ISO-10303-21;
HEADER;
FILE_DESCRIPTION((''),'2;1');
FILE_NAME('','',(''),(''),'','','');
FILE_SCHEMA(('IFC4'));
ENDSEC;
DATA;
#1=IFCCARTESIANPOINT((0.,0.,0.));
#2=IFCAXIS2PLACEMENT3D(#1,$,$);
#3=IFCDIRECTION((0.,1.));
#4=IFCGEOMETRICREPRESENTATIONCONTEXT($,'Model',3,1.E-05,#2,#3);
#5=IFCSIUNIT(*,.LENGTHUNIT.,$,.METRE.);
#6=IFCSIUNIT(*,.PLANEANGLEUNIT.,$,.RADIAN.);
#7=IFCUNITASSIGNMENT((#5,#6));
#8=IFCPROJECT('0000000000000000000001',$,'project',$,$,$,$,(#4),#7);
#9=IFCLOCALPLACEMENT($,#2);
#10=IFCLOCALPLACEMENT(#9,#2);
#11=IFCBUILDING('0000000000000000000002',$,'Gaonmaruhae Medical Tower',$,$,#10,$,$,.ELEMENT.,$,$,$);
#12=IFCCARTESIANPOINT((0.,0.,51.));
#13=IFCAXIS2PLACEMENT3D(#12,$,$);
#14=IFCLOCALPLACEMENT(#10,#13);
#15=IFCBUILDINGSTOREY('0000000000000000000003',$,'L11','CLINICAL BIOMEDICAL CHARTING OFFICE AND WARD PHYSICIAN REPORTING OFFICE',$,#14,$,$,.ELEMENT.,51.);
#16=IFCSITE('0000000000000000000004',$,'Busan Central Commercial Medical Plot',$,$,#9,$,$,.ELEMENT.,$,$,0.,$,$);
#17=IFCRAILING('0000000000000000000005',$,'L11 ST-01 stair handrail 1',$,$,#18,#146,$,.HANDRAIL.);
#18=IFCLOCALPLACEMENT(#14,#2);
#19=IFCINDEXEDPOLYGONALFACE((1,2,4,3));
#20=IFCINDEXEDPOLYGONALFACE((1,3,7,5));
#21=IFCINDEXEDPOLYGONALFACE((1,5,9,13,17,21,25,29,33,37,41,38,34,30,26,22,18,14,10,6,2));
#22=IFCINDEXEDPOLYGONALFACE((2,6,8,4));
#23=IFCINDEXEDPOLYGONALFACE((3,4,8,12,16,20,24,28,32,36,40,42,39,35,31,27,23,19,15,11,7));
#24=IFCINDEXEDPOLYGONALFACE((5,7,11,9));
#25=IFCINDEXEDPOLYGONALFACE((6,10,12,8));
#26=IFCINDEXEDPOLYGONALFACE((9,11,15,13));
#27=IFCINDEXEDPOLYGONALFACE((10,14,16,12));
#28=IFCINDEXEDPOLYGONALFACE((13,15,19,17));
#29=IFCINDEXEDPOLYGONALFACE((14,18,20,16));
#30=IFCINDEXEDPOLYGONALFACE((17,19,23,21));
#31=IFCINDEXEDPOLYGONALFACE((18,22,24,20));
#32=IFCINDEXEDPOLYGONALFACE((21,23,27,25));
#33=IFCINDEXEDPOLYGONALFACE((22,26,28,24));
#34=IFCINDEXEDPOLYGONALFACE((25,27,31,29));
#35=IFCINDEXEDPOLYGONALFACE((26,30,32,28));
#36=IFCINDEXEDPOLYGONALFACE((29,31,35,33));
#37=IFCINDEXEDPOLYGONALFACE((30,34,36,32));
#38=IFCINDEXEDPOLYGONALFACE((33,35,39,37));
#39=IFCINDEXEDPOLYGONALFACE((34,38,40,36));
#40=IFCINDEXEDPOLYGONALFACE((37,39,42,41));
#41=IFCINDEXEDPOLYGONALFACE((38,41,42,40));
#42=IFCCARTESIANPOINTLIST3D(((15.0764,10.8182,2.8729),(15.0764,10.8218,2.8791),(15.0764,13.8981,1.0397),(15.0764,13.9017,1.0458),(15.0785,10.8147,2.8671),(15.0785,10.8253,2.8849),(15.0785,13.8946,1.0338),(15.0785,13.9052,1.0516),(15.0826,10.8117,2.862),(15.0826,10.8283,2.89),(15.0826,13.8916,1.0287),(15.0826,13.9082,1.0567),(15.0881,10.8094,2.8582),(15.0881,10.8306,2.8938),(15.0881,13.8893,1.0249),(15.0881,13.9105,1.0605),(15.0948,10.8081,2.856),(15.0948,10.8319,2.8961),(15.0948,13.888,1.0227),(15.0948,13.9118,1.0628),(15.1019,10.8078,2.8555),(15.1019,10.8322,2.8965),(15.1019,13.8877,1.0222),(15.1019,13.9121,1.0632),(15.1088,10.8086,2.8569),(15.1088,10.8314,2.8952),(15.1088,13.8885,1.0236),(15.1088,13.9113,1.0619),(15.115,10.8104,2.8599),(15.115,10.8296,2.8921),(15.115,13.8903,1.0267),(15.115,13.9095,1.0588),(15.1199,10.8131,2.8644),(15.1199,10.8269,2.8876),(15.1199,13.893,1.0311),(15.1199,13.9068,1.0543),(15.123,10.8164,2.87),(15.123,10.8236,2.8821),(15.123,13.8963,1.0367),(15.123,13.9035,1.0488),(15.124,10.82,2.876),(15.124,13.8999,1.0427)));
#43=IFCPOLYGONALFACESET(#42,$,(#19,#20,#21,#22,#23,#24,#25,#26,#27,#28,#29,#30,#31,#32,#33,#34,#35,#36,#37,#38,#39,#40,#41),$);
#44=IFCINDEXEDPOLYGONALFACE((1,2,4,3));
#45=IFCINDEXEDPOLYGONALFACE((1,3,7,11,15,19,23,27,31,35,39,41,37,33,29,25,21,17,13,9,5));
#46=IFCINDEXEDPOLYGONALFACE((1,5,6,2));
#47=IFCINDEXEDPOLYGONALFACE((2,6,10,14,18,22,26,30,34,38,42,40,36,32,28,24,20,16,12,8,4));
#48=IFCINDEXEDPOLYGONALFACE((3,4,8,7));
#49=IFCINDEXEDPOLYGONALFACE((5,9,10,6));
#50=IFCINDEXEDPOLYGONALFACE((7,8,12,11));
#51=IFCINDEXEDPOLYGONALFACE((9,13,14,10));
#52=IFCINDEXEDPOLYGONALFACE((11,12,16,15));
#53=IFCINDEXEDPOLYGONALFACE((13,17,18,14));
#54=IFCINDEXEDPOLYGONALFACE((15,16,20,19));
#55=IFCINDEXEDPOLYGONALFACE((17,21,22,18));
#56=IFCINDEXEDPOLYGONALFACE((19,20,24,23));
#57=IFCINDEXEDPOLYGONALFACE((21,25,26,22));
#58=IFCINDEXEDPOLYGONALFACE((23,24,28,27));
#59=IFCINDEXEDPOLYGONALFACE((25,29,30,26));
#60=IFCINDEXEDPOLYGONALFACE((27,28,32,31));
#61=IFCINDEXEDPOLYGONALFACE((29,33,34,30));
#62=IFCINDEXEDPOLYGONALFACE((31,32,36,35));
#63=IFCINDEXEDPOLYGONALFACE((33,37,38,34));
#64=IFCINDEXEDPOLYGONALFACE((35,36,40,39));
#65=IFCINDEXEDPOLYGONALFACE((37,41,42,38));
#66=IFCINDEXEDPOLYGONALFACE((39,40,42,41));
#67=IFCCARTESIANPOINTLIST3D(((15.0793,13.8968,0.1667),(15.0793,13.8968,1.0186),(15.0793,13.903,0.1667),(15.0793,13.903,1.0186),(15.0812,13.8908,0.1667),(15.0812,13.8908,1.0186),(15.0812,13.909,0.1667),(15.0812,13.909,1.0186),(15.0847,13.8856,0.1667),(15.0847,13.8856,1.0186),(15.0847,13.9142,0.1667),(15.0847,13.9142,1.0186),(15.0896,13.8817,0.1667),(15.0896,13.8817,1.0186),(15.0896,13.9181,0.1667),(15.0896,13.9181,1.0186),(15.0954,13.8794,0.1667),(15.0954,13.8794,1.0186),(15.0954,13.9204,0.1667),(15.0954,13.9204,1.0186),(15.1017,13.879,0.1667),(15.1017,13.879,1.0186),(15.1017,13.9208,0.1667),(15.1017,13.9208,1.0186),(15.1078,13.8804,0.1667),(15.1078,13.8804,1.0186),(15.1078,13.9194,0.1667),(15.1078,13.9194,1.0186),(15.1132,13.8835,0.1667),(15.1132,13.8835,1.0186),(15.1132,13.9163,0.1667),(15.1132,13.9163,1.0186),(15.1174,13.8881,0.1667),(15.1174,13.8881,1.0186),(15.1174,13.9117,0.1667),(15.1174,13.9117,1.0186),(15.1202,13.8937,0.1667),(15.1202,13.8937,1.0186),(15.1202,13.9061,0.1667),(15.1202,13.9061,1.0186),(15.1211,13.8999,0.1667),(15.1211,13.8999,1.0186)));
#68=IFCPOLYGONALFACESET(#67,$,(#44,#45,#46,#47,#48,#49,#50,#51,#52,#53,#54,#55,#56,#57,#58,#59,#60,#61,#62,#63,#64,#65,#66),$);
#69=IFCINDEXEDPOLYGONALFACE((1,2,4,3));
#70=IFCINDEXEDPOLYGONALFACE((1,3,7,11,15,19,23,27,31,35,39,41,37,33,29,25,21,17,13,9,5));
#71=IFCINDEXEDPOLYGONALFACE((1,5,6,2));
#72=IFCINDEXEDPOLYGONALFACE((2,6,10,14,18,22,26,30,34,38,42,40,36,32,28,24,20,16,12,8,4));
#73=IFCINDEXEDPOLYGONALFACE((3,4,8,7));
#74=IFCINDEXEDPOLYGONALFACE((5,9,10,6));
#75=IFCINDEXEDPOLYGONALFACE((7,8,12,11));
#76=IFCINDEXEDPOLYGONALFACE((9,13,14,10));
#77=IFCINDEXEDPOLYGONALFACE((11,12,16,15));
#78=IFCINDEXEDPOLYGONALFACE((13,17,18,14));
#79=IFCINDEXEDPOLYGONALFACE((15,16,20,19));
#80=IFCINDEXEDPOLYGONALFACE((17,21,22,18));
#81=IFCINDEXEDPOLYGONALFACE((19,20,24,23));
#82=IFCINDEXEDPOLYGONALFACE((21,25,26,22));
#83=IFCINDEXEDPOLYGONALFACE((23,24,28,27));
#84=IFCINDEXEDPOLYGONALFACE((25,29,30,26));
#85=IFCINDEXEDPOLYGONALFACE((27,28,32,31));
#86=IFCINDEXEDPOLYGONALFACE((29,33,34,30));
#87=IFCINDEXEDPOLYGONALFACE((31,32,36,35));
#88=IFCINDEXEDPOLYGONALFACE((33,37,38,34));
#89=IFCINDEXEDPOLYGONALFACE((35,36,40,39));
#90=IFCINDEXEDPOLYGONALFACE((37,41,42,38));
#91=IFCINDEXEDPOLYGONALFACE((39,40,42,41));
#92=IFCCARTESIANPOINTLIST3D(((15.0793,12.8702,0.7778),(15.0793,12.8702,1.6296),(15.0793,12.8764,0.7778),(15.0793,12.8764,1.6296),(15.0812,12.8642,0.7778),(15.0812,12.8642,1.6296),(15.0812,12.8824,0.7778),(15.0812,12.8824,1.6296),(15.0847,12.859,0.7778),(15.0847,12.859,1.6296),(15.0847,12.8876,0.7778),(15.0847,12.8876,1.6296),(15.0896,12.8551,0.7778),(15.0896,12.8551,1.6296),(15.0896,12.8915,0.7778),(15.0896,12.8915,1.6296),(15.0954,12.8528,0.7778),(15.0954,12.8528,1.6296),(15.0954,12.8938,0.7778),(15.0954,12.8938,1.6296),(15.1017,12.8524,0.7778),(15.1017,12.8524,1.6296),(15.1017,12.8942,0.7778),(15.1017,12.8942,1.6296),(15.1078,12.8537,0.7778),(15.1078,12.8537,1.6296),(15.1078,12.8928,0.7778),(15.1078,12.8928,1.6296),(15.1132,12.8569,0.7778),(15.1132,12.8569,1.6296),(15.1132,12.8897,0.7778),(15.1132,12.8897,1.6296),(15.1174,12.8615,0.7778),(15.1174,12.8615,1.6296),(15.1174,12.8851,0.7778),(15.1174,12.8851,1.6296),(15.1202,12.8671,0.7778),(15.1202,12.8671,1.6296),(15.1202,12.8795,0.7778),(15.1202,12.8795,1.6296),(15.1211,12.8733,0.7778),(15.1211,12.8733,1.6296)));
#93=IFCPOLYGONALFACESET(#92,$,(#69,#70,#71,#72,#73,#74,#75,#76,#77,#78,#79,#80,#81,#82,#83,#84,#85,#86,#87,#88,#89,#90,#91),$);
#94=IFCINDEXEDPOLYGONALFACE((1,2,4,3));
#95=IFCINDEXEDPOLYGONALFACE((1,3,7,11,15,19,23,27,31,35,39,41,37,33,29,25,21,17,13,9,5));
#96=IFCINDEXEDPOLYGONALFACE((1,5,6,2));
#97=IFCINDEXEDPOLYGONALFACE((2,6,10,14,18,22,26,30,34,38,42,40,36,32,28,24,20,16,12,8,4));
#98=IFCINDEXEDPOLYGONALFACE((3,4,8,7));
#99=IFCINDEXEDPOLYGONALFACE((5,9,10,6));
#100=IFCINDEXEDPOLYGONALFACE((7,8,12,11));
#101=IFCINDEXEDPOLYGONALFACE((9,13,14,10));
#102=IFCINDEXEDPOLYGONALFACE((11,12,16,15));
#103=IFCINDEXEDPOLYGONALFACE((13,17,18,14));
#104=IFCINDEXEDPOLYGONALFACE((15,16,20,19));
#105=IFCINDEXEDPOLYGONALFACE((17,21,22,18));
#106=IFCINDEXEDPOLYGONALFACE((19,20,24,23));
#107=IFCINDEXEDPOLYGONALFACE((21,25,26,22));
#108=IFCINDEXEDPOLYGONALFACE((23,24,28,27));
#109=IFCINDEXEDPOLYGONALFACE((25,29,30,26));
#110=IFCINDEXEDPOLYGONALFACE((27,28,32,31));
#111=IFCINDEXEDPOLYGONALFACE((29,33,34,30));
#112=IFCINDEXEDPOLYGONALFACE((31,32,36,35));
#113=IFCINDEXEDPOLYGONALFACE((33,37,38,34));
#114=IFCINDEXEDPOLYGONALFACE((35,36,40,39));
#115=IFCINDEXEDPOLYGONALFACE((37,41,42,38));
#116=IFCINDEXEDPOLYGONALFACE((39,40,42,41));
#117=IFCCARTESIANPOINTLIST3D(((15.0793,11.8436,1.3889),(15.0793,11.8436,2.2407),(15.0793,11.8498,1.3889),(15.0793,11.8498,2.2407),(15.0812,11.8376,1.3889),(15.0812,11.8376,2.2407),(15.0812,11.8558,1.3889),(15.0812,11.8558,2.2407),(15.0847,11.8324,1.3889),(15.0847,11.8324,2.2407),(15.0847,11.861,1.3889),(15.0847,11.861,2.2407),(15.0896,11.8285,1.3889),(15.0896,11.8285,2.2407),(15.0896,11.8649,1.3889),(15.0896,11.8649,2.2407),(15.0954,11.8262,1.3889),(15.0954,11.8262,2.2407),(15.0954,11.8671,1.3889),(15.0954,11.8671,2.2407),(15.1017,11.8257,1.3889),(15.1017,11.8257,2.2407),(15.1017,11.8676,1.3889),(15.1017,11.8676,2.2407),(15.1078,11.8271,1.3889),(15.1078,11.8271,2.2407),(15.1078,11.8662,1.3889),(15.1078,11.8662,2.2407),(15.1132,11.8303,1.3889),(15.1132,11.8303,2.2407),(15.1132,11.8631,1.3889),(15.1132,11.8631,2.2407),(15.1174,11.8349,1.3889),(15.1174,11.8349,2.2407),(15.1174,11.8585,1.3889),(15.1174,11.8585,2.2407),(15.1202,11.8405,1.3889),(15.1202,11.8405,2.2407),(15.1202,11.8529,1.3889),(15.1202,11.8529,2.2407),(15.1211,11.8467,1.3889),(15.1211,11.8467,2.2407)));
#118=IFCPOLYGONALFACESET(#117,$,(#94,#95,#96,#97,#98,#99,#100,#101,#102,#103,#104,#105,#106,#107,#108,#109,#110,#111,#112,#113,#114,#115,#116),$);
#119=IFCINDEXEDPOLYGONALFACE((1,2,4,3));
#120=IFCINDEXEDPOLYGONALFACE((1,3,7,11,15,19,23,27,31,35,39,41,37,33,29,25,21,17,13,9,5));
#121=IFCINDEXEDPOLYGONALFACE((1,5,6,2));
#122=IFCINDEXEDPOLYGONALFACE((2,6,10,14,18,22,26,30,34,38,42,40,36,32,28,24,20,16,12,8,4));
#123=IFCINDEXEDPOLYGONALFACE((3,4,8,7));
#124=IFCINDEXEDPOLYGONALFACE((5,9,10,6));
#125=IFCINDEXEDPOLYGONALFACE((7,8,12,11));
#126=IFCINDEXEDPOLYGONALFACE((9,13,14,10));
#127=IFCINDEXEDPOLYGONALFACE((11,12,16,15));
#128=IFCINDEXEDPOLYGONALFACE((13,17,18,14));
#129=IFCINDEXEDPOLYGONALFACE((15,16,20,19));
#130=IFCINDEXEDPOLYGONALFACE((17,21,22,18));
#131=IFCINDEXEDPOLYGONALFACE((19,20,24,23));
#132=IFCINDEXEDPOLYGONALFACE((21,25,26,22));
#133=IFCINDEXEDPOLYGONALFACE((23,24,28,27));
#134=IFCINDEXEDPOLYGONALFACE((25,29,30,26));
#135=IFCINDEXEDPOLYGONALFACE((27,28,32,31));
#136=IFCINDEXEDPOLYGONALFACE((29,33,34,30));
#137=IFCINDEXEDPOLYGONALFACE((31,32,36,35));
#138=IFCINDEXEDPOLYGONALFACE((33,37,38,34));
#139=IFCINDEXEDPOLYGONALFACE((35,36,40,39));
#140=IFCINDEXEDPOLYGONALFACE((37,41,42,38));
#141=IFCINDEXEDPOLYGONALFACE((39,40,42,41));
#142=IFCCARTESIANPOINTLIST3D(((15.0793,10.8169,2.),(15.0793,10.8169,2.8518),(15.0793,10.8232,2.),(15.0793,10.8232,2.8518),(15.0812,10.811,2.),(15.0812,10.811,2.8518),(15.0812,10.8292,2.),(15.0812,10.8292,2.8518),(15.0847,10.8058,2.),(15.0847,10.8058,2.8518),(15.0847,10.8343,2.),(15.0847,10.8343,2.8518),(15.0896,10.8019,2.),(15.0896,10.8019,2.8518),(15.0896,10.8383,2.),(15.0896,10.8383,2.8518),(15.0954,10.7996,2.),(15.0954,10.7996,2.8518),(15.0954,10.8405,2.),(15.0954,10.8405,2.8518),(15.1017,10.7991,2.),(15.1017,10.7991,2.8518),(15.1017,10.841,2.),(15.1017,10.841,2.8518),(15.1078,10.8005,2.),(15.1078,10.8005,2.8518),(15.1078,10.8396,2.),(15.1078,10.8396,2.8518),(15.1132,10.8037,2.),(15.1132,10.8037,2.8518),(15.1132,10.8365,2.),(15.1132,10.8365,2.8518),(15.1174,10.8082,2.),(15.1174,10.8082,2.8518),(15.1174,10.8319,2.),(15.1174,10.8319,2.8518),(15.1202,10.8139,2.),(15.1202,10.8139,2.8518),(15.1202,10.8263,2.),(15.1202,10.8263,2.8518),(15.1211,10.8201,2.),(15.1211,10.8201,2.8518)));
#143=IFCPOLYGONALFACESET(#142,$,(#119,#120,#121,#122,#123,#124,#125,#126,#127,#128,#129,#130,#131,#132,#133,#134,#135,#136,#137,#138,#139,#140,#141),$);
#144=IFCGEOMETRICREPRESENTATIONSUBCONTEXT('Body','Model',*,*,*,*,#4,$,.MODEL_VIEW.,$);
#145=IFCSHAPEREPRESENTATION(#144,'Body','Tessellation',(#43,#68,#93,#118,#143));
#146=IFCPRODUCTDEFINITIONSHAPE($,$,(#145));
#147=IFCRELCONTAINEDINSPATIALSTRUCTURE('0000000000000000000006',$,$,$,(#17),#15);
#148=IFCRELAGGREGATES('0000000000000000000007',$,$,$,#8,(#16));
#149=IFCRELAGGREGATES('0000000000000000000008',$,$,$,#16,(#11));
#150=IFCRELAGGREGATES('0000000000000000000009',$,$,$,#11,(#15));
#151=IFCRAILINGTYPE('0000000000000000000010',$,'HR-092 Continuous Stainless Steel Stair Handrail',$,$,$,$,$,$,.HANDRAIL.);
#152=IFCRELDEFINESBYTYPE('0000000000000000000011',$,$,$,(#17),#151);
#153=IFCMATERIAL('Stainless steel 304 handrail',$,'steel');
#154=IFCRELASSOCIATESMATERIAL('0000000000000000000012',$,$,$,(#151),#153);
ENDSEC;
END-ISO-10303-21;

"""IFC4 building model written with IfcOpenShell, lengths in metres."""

from ifc_helpers import new_model, si_unit, direction, frame, origin, origin_2d, place, context, subcontext, project, spatial, circle, extrude, material, type_object, element, save


model = new_model("IFC4")

# Units and contexts
model_context = context("Model", 3, precision=1e-05, world=origin(), true_north=direction((0.0, 1.0)))
body_context = subcontext(model_context, "Body", "Model", "MODEL_VIEW")
ifc_project = project(units=[si_unit("LENGTHUNIT", "METRE"), si_unit("PLANEANGLEUNIT", "RADIAN")], contexts=[model_context])

# Site, building, storey
site_placement = place(None, origin())
site = spatial("IfcSite", under=ifc_project, at=site_placement, Name="Busan Central Commercial Medical Plot", CompositionType="ELEMENT", RefElevation=0.0)
building_placement = place(site_placement, origin())
building = spatial("IfcBuilding", under=site, at=building_placement, Name="Gaonmaruhae Medical Tower", CompositionType="ELEMENT")
storey_placement = place(building_placement, frame((0.0, 0.0, 51.0)))
storey = spatial("IfcBuildingStorey", under=building, at=storey_placement, Name="L11", Description="CLINICAL BIOMEDICAL CHARTING OFFICE AND WARD PHYSICIAN REPORTING OFFICE", CompositionType="ELEMENT", Elevation=51.0)

# Railing
ifc_material_1 = material(Name="Stainless steel 304 handrail", Category="steel")
railing_type_1 = type_object("IfcRailingType", Name="HR-092 Continuous Stainless Steel Stair Handrail", PredefinedType="HANDRAIL", material=ifc_material_1)
railing_1_placement = place(storey_placement, frame((15.1001, 13.8999, 0.1667)))
element("IfcRailing", 1, at=railing_1_placement, inside=storey, type_object=railing_type_1, Name="L11 ST-01 stair handrail 1", PredefinedType="HANDRAIL", context=body_context, shape_type="SweptSolid", body=[
    extrude(circle(Radius=0.0239, at=origin_2d()), frame((0.0, 0.0, 0.876), z_axis=(0.0, -0.859291, 0.511487), x_axis=(1.0, 0.0, 0.0)), (0.0, 0.0, 1.0), 3.5842),
    extrude(circle(Radius=0.021, at=origin_2d()), origin(), (0.0, 0.0, 1.0), 0.8518),
    extrude(circle(Radius=0.021, at=origin_2d()), frame((0.0, -1.0266, 0.6111)), (0.0, 0.0, 1.0), 0.8518),
    extrude(circle(Radius=0.021, at=origin_2d()), frame((0.0, -2.0532, 1.2222)), (0.0, 0.0, 1.0), 0.8518),
    extrude(circle(Radius=0.021, at=origin_2d()), frame((0.0, -3.0798, 1.8333)), (0.0, 0.0, 1.0), 0.8518),
])

save(model, "model.ifc")
